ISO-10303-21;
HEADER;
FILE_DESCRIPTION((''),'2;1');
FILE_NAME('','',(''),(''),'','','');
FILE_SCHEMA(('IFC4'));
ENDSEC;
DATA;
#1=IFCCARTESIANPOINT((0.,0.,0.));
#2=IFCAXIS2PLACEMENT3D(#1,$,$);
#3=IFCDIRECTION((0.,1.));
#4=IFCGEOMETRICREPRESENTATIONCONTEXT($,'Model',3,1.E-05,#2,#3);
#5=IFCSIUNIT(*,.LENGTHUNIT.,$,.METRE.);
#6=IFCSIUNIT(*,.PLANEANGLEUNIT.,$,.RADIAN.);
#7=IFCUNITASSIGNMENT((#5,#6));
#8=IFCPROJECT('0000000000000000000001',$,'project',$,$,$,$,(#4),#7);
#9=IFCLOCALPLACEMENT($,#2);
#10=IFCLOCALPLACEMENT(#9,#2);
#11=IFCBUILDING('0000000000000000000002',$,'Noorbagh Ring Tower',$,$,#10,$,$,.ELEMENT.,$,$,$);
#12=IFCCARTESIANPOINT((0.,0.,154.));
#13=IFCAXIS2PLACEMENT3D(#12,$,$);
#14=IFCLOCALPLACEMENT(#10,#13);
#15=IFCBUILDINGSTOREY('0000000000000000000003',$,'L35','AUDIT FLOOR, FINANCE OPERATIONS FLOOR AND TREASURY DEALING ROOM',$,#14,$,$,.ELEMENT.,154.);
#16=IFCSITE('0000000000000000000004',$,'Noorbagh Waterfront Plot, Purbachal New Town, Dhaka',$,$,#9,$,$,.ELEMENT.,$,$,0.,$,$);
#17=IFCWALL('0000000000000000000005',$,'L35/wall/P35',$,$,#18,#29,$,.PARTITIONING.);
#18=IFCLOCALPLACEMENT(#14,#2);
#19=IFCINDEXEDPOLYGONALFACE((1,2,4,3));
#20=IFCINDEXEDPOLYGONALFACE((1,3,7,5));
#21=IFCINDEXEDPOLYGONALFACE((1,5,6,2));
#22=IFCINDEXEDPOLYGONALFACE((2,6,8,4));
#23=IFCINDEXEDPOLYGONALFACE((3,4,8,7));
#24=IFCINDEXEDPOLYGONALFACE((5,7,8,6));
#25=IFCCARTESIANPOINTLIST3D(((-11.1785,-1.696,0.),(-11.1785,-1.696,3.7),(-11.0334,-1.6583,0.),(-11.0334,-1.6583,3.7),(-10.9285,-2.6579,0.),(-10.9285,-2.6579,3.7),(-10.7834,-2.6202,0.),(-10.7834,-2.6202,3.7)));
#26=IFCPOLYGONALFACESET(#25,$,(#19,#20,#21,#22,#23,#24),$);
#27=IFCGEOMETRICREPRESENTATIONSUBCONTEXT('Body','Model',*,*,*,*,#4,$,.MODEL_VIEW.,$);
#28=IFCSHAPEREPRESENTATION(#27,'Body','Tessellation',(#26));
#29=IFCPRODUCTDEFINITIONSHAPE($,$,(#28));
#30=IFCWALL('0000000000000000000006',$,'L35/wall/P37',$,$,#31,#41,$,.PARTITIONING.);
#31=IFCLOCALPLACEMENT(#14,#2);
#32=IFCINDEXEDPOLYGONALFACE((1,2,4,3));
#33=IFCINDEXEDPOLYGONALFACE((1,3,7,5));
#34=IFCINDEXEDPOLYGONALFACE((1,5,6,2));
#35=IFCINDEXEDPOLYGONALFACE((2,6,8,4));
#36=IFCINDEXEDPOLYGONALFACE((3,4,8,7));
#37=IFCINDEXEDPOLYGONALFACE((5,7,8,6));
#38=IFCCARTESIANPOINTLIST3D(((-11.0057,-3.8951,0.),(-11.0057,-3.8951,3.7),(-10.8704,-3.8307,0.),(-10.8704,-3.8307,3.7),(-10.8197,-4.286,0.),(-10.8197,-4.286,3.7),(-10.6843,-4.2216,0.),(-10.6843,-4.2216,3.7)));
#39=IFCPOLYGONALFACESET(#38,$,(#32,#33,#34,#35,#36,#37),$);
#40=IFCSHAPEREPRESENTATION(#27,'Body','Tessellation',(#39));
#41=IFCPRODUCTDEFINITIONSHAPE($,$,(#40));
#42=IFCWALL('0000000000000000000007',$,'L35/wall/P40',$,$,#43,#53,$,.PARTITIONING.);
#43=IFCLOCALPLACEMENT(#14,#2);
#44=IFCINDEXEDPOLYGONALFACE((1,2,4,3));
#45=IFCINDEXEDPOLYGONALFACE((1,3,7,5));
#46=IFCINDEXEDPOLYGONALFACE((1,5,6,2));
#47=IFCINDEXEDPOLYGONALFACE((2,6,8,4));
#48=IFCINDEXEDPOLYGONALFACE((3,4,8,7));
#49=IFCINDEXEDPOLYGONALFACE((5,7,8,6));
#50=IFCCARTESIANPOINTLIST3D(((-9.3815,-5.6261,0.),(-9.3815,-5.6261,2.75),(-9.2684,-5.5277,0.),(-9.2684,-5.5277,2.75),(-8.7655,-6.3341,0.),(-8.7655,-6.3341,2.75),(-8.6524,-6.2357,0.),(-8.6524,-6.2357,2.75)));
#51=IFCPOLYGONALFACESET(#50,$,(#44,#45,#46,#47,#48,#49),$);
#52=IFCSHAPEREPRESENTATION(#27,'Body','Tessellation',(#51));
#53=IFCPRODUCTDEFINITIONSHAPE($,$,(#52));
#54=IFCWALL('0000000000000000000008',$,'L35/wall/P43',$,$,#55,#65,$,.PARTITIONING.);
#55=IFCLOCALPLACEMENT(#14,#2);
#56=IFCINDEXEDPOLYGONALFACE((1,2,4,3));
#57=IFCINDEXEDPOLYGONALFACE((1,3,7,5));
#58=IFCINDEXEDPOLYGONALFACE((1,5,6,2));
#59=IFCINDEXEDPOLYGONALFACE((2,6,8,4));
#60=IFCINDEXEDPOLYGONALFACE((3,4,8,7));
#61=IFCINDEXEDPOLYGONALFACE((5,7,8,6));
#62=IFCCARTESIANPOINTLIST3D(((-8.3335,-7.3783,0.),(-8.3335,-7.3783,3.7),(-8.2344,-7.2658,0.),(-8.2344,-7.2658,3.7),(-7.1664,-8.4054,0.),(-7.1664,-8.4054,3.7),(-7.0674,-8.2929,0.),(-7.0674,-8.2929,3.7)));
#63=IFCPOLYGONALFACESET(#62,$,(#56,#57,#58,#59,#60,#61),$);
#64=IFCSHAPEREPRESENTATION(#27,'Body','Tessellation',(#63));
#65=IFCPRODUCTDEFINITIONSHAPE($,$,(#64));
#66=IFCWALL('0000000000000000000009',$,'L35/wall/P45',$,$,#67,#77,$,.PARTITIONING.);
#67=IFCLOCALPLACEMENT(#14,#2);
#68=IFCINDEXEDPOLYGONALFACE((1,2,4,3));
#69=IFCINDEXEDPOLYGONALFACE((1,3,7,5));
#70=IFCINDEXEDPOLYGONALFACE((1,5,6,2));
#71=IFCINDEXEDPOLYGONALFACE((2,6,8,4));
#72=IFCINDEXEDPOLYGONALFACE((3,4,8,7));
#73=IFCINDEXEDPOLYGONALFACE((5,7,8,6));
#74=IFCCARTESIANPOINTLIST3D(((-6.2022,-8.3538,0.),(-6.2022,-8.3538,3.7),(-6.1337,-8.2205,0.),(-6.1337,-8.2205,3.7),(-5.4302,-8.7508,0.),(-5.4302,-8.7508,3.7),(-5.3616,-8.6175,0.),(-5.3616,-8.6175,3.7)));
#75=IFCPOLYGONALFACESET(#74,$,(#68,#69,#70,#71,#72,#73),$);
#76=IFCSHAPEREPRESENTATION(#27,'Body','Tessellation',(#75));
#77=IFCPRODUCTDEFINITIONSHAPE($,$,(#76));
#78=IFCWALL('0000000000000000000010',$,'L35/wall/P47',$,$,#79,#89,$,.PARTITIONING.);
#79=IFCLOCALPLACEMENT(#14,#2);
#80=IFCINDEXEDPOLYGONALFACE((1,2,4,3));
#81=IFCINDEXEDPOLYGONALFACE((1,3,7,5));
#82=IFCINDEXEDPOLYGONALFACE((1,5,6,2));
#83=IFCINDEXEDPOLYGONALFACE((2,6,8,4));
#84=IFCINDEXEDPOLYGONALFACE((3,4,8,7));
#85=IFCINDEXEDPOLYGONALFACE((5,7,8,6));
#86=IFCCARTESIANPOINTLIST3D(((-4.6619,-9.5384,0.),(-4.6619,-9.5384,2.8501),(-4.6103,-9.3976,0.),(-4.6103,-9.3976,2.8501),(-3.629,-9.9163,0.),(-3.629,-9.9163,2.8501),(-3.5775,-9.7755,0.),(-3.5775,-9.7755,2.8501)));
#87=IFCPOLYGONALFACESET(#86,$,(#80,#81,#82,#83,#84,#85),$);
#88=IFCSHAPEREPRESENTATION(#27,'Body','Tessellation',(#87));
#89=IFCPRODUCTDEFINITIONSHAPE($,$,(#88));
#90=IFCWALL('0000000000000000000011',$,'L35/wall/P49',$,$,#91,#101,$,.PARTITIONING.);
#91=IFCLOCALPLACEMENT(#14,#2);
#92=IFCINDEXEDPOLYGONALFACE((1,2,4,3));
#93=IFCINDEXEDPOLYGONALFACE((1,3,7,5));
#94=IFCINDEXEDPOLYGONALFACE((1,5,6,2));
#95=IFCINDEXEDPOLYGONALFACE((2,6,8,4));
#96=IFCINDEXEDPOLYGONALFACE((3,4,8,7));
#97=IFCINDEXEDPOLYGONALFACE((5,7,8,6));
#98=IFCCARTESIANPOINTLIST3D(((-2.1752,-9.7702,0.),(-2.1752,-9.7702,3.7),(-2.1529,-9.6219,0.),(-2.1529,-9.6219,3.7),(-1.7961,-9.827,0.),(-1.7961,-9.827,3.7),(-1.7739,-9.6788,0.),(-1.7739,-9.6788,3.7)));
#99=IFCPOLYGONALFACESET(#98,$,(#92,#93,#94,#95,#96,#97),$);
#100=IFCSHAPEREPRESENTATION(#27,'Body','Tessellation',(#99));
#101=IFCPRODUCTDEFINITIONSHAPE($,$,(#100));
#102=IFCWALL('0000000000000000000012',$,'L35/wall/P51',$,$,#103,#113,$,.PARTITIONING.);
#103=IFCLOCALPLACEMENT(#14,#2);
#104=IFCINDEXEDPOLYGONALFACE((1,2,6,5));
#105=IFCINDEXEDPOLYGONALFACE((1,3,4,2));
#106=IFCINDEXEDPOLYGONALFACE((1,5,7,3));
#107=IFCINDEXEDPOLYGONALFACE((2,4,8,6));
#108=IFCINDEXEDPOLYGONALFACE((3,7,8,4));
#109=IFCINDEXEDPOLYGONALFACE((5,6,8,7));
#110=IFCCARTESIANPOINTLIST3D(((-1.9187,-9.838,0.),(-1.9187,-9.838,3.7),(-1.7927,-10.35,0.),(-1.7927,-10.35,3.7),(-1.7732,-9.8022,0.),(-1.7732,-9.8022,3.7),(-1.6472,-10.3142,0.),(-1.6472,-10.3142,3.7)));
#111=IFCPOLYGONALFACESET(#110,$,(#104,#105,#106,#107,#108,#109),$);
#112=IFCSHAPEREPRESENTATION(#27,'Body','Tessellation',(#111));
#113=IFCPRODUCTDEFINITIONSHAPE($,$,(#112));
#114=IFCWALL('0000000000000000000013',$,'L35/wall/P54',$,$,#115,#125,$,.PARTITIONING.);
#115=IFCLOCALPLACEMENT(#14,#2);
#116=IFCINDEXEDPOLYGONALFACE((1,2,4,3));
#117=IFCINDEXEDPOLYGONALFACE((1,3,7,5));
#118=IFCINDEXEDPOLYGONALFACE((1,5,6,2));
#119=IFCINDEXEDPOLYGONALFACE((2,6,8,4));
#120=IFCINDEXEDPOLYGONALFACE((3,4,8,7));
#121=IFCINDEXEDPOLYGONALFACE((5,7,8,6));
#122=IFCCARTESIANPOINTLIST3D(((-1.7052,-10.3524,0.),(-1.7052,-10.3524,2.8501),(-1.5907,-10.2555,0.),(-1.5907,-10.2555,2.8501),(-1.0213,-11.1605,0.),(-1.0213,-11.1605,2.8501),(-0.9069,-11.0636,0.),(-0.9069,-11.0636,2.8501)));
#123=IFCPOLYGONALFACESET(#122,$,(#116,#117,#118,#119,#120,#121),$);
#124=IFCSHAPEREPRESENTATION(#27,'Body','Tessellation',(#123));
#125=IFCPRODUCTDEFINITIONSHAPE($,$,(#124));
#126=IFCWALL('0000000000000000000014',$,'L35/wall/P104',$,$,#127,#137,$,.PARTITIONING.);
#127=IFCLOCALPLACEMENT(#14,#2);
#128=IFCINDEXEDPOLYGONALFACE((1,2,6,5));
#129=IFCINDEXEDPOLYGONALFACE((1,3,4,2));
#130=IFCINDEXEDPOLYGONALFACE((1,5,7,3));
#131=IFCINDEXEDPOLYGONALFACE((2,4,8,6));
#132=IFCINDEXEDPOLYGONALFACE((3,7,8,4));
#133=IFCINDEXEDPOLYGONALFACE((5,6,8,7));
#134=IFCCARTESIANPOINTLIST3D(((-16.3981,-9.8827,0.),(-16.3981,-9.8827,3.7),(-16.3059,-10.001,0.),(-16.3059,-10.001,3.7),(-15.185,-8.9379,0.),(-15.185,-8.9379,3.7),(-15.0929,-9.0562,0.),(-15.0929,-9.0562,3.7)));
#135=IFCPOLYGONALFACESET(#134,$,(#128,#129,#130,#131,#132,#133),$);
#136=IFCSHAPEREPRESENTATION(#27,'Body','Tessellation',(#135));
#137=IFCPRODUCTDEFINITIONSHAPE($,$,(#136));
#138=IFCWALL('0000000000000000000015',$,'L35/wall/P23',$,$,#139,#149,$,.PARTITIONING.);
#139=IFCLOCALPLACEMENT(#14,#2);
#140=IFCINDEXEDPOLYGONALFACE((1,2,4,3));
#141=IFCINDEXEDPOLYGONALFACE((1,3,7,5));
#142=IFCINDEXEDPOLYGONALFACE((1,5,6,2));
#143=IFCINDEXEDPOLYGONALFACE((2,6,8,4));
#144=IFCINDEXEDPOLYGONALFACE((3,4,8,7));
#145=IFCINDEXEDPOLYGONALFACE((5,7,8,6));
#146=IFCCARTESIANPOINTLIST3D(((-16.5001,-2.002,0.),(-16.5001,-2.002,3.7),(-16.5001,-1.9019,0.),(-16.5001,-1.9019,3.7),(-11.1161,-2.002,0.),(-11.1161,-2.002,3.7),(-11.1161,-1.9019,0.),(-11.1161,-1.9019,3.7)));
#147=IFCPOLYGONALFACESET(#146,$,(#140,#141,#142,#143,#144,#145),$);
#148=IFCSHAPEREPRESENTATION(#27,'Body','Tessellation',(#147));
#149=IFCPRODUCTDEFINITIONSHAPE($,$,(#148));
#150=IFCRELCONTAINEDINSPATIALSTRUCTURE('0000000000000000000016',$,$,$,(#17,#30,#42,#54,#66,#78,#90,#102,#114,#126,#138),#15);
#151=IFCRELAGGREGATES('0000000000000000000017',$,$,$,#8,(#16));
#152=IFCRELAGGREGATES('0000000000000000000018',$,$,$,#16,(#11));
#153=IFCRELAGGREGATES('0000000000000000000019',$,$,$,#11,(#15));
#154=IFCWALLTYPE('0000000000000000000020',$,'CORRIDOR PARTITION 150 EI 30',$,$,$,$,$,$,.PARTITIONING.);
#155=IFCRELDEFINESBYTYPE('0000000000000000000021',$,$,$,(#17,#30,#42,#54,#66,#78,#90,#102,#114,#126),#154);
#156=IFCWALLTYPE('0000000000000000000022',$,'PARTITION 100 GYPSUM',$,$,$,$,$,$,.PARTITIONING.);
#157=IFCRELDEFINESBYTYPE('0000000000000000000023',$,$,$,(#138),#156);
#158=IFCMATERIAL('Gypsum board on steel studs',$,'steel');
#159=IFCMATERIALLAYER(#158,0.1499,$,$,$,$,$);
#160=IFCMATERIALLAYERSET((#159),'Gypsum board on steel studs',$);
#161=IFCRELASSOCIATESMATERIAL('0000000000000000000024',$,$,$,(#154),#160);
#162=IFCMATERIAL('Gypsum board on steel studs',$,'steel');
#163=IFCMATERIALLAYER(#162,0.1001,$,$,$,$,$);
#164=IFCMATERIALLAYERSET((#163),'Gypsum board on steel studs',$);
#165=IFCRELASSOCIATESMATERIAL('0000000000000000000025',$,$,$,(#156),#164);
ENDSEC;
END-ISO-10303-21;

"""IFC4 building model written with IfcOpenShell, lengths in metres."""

from ifc_helpers import new_model, si_unit, direction, frame, frame_2d, origin, place, context, subcontext, project, spatial, rectangle, extrude, material, layer, layer_set, type_object, element, save


model = new_model("IFC4")

# Units and contexts
model_context = context("Model", 3, precision=1e-05, world=origin(), true_north=direction((0.0, 1.0)))
body_context = subcontext(model_context, "Body", "Model", "MODEL_VIEW")
ifc_project = project(units=[si_unit("LENGTHUNIT", "METRE"), si_unit("PLANEANGLEUNIT", "RADIAN")], contexts=[model_context])

# Site, building, storey
site_placement = place(None, origin())
site = spatial("IfcSite", under=ifc_project, at=site_placement, Name="Noorbagh Waterfront Plot, Purbachal New Town, Dhaka", CompositionType="ELEMENT", RefElevation=0.0)
building_placement = place(site_placement, origin())
building = spatial("IfcBuilding", under=site, at=building_placement, Name="Noorbagh Ring Tower", CompositionType="ELEMENT")
storey_placement = place(building_placement, frame((0.0, 0.0, 154.0)))
storey = spatial("IfcBuildingStorey", under=building, at=storey_placement, Name="L35", Description="AUDIT FLOOR, FINANCE OPERATIONS FLOOR AND TREASURY DEALING ROOM", CompositionType="ELEMENT", Elevation=154.0)

# Shared definitions
ifc_material_1 = material(Name="Gypsum board on steel studs", Category="steel")
ifc_layer_1 = layer(ifc_material_1, 0.1499)
ifc_layer_set_1 = layer_set([ifc_layer_1], Name="Gypsum board on steel studs")
wall_type_1 = type_object("IfcWallType", Name="CORRIDOR PARTITION 150 EI 30", PredefinedType="PARTITIONING", material=ifc_layer_set_1)

# Walls
wall_1_placement = place(storey_placement, frame((-11.106, -1.677, 0.0), z_axis=(0.0, 0.0, 1.0), x_axis=(0.251542, -0.967846, 0.0)))
element("IfcWall", 1, at=wall_1_placement, inside=storey, type_object=wall_type_1, Name="L35/wall/P35", PredefinedType="PARTITIONING", context=body_context, shape_type="SweptSolid", body=[
    extrude(rectangle(XDim=0.9939, YDim=0.1499, at=frame_2d((0.4971, 0.0))), origin(), (0.0, 0.0, 1.0), 3.7),
])
wall_2_placement = place(storey_placement, frame((-10.938, -3.863, 0.0), z_axis=(0.0, 0.0, 1.0), x_axis=(0.429758, -0.902944, 0.0)))
element("IfcWall", 2, at=wall_2_placement, inside=storey, type_object=wall_type_1, Name="L35/wall/P37", PredefinedType="PARTITIONING", context=body_context, shape_type="SweptSolid", body=[
    extrude(rectangle(XDim=0.4329, YDim=0.1499, at=frame_2d((0.2163, 0.0))), origin(), (0.0, 0.0, 1.0), 3.7),
])
wall_3_placement = place(storey_placement, frame((-9.325, -5.5769, 0.0), z_axis=(0.0, 0.0, 1.0), x_axis=(0.656365, -0.754443, 0.0)))
element("IfcWall", 3, at=wall_3_placement, inside=storey, type_object=wall_type_1, Name="L35/wall/P40", PredefinedType="PARTITIONING", context=body_context, shape_type="SweptSolid", body=[
    extrude(rectangle(XDim=0.9385, YDim=0.1499, at=frame_2d((0.4692, 0.0))), origin(), (0.0, 0.0, 1.0), 2.75),
])
wall_4_placement = place(storey_placement, frame((-8.2839, -7.322, 0.0), z_axis=(0.0, 0.0, 1.0), x_axis=(0.750667, -0.660681, 0.0)))
element("IfcWall", 4, at=wall_4_placement, inside=storey, type_object=wall_type_1, Name="L35/wall/P43", PredefinedType="PARTITIONING", context=body_context, shape_type="SweptSolid", body=[
    extrude(rectangle(XDim=1.5547, YDim=0.1499, at=frame_2d((0.7773, 0.0))), origin(), (0.0, 0.0, 1.0), 3.7),
])
wall_5_placement = place(storey_placement, frame((-6.168, -8.2871, 0.0), z_axis=(0.0, 0.0, 1.0), x_axis=(0.889307, -0.45731, 0.0)))
element("IfcWall", 5, at=wall_5_placement, inside=storey, type_object=wall_type_1, Name="L35/wall/P45", PredefinedType="PARTITIONING", context=body_context, shape_type="SweptSolid", body=[
    extrude(rectangle(XDim=0.8682, YDim=0.1499, at=frame_2d((0.4341, 0.0))), origin(), (0.0, 0.0, 1.0), 3.7),
])
wall_6_placement = place(storey_placement, frame((-4.636, -9.468, 0.0), z_axis=(0.0, 0.0, 1.0), x_axis=(0.939118, -0.343596, 0.0)))
element("IfcWall", 6, at=wall_6_placement, inside=storey, type_object=wall_type_1, Name="L35/wall/P47", PredefinedType="PARTITIONING", context=body_context, shape_type="SweptSolid", body=[
    extrude(rectangle(XDim=1.0999, YDim=0.1499, at=frame_2d((0.5498, 0.0))), origin(), (0.0, 0.0, 1.0), 2.8501),
])
wall_7_placement = place(storey_placement, frame((-2.1641, -9.696, 0.0), z_axis=(0.0, 0.0, 1.0), x_axis=(0.988932, -0.148372, 0.0)))
element("IfcWall", 7, at=wall_7_placement, inside=storey, type_object=wall_type_1, Name="L35/wall/P49", PredefinedType="PARTITIONING", context=body_context, shape_type="SweptSolid", body=[
    extrude(rectangle(XDim=0.3833, YDim=0.1499, at=frame_2d((0.1917, 0.0))), origin(), (0.0, 0.0, 1.0), 3.7),
])
wall_8_placement = place(storey_placement, frame((-1.8459, -9.8201, 0.0), z_axis=(0.0, 0.0, 1.0), x_axis=(0.238938, -0.971035, 0.0)))
element("IfcWall", 8, at=wall_8_placement, inside=storey, type_object=wall_type_1, Name="L35/wall/P51", PredefinedType="PARTITIONING", context=body_context, shape_type="SweptSolid", body=[
    extrude(rectangle(XDim=0.5273, YDim=0.1499, at=frame_2d((0.2637, 0.0))), origin(), (0.0, 0.0, 1.0), 3.7),
])
wall_9_placement = place(storey_placement, frame((-1.6479, -10.304, 0.0), z_axis=(0.0, 0.0, 1.0), x_axis=(0.645973, -0.76336, 0.0)))
element("IfcWall", 9, at=wall_9_placement, inside=storey, type_object=wall_type_1, Name="L35/wall/P54", PredefinedType="PARTITIONING", context=body_context, shape_type="SweptSolid", body=[
    extrude(rectangle(XDim=1.0586, YDim=0.1499, at=frame_2d((0.5293, 0.0))), origin(), (0.0, 0.0, 1.0), 2.8501),
])
wall_10_placement = place(storey_placement, frame((-15.1389, -8.9971, 0.0), z_axis=(0.0, 0.0, 1.0), x_axis=(-0.78895, -0.614457, 0.0)))
element("IfcWall", 10, at=wall_10_placement, inside=storey, type_object=wall_type_1, Name="L35/wall/P104", PredefinedType="PARTITIONING", context=body_context, shape_type="SweptSolid", body=[
    extrude(rectangle(XDim=1.5376, YDim=0.1499, at=frame_2d((0.7688, 0.0))), origin(), (0.0, 0.0, 1.0), 3.7),
])
ifc_material_2 = material(Name="Gypsum board on steel studs", Category="steel")
ifc_layer_2 = layer(ifc_material_2, 0.1001)
ifc_layer_set_2 = layer_set([ifc_layer_2], Name="Gypsum board on steel studs")
wall_type_2 = type_object("IfcWallType", Name="PARTITION 100 GYPSUM", PredefinedType="PARTITIONING", material=ifc_layer_set_2)
wall_11_placement = place(storey_placement, frame((-16.5, -1.9519, 0.0), z_axis=(0.0, 0.0, 1.0), x_axis=(1.0, 0.0, 0.0)))
element("IfcWall", 11, at=wall_11_placement, inside=storey, type_object=wall_type_2, Name="L35/wall/P23", PredefinedType="PARTITIONING", context=body_context, shape_type="SweptSolid", body=[
    extrude(rectangle(XDim=5.384, YDim=0.1001, at=frame_2d((2.6919, 0.0))), origin(), (0.0, 0.0, 1.0), 3.7),
])

save(model, "model.ifc")
